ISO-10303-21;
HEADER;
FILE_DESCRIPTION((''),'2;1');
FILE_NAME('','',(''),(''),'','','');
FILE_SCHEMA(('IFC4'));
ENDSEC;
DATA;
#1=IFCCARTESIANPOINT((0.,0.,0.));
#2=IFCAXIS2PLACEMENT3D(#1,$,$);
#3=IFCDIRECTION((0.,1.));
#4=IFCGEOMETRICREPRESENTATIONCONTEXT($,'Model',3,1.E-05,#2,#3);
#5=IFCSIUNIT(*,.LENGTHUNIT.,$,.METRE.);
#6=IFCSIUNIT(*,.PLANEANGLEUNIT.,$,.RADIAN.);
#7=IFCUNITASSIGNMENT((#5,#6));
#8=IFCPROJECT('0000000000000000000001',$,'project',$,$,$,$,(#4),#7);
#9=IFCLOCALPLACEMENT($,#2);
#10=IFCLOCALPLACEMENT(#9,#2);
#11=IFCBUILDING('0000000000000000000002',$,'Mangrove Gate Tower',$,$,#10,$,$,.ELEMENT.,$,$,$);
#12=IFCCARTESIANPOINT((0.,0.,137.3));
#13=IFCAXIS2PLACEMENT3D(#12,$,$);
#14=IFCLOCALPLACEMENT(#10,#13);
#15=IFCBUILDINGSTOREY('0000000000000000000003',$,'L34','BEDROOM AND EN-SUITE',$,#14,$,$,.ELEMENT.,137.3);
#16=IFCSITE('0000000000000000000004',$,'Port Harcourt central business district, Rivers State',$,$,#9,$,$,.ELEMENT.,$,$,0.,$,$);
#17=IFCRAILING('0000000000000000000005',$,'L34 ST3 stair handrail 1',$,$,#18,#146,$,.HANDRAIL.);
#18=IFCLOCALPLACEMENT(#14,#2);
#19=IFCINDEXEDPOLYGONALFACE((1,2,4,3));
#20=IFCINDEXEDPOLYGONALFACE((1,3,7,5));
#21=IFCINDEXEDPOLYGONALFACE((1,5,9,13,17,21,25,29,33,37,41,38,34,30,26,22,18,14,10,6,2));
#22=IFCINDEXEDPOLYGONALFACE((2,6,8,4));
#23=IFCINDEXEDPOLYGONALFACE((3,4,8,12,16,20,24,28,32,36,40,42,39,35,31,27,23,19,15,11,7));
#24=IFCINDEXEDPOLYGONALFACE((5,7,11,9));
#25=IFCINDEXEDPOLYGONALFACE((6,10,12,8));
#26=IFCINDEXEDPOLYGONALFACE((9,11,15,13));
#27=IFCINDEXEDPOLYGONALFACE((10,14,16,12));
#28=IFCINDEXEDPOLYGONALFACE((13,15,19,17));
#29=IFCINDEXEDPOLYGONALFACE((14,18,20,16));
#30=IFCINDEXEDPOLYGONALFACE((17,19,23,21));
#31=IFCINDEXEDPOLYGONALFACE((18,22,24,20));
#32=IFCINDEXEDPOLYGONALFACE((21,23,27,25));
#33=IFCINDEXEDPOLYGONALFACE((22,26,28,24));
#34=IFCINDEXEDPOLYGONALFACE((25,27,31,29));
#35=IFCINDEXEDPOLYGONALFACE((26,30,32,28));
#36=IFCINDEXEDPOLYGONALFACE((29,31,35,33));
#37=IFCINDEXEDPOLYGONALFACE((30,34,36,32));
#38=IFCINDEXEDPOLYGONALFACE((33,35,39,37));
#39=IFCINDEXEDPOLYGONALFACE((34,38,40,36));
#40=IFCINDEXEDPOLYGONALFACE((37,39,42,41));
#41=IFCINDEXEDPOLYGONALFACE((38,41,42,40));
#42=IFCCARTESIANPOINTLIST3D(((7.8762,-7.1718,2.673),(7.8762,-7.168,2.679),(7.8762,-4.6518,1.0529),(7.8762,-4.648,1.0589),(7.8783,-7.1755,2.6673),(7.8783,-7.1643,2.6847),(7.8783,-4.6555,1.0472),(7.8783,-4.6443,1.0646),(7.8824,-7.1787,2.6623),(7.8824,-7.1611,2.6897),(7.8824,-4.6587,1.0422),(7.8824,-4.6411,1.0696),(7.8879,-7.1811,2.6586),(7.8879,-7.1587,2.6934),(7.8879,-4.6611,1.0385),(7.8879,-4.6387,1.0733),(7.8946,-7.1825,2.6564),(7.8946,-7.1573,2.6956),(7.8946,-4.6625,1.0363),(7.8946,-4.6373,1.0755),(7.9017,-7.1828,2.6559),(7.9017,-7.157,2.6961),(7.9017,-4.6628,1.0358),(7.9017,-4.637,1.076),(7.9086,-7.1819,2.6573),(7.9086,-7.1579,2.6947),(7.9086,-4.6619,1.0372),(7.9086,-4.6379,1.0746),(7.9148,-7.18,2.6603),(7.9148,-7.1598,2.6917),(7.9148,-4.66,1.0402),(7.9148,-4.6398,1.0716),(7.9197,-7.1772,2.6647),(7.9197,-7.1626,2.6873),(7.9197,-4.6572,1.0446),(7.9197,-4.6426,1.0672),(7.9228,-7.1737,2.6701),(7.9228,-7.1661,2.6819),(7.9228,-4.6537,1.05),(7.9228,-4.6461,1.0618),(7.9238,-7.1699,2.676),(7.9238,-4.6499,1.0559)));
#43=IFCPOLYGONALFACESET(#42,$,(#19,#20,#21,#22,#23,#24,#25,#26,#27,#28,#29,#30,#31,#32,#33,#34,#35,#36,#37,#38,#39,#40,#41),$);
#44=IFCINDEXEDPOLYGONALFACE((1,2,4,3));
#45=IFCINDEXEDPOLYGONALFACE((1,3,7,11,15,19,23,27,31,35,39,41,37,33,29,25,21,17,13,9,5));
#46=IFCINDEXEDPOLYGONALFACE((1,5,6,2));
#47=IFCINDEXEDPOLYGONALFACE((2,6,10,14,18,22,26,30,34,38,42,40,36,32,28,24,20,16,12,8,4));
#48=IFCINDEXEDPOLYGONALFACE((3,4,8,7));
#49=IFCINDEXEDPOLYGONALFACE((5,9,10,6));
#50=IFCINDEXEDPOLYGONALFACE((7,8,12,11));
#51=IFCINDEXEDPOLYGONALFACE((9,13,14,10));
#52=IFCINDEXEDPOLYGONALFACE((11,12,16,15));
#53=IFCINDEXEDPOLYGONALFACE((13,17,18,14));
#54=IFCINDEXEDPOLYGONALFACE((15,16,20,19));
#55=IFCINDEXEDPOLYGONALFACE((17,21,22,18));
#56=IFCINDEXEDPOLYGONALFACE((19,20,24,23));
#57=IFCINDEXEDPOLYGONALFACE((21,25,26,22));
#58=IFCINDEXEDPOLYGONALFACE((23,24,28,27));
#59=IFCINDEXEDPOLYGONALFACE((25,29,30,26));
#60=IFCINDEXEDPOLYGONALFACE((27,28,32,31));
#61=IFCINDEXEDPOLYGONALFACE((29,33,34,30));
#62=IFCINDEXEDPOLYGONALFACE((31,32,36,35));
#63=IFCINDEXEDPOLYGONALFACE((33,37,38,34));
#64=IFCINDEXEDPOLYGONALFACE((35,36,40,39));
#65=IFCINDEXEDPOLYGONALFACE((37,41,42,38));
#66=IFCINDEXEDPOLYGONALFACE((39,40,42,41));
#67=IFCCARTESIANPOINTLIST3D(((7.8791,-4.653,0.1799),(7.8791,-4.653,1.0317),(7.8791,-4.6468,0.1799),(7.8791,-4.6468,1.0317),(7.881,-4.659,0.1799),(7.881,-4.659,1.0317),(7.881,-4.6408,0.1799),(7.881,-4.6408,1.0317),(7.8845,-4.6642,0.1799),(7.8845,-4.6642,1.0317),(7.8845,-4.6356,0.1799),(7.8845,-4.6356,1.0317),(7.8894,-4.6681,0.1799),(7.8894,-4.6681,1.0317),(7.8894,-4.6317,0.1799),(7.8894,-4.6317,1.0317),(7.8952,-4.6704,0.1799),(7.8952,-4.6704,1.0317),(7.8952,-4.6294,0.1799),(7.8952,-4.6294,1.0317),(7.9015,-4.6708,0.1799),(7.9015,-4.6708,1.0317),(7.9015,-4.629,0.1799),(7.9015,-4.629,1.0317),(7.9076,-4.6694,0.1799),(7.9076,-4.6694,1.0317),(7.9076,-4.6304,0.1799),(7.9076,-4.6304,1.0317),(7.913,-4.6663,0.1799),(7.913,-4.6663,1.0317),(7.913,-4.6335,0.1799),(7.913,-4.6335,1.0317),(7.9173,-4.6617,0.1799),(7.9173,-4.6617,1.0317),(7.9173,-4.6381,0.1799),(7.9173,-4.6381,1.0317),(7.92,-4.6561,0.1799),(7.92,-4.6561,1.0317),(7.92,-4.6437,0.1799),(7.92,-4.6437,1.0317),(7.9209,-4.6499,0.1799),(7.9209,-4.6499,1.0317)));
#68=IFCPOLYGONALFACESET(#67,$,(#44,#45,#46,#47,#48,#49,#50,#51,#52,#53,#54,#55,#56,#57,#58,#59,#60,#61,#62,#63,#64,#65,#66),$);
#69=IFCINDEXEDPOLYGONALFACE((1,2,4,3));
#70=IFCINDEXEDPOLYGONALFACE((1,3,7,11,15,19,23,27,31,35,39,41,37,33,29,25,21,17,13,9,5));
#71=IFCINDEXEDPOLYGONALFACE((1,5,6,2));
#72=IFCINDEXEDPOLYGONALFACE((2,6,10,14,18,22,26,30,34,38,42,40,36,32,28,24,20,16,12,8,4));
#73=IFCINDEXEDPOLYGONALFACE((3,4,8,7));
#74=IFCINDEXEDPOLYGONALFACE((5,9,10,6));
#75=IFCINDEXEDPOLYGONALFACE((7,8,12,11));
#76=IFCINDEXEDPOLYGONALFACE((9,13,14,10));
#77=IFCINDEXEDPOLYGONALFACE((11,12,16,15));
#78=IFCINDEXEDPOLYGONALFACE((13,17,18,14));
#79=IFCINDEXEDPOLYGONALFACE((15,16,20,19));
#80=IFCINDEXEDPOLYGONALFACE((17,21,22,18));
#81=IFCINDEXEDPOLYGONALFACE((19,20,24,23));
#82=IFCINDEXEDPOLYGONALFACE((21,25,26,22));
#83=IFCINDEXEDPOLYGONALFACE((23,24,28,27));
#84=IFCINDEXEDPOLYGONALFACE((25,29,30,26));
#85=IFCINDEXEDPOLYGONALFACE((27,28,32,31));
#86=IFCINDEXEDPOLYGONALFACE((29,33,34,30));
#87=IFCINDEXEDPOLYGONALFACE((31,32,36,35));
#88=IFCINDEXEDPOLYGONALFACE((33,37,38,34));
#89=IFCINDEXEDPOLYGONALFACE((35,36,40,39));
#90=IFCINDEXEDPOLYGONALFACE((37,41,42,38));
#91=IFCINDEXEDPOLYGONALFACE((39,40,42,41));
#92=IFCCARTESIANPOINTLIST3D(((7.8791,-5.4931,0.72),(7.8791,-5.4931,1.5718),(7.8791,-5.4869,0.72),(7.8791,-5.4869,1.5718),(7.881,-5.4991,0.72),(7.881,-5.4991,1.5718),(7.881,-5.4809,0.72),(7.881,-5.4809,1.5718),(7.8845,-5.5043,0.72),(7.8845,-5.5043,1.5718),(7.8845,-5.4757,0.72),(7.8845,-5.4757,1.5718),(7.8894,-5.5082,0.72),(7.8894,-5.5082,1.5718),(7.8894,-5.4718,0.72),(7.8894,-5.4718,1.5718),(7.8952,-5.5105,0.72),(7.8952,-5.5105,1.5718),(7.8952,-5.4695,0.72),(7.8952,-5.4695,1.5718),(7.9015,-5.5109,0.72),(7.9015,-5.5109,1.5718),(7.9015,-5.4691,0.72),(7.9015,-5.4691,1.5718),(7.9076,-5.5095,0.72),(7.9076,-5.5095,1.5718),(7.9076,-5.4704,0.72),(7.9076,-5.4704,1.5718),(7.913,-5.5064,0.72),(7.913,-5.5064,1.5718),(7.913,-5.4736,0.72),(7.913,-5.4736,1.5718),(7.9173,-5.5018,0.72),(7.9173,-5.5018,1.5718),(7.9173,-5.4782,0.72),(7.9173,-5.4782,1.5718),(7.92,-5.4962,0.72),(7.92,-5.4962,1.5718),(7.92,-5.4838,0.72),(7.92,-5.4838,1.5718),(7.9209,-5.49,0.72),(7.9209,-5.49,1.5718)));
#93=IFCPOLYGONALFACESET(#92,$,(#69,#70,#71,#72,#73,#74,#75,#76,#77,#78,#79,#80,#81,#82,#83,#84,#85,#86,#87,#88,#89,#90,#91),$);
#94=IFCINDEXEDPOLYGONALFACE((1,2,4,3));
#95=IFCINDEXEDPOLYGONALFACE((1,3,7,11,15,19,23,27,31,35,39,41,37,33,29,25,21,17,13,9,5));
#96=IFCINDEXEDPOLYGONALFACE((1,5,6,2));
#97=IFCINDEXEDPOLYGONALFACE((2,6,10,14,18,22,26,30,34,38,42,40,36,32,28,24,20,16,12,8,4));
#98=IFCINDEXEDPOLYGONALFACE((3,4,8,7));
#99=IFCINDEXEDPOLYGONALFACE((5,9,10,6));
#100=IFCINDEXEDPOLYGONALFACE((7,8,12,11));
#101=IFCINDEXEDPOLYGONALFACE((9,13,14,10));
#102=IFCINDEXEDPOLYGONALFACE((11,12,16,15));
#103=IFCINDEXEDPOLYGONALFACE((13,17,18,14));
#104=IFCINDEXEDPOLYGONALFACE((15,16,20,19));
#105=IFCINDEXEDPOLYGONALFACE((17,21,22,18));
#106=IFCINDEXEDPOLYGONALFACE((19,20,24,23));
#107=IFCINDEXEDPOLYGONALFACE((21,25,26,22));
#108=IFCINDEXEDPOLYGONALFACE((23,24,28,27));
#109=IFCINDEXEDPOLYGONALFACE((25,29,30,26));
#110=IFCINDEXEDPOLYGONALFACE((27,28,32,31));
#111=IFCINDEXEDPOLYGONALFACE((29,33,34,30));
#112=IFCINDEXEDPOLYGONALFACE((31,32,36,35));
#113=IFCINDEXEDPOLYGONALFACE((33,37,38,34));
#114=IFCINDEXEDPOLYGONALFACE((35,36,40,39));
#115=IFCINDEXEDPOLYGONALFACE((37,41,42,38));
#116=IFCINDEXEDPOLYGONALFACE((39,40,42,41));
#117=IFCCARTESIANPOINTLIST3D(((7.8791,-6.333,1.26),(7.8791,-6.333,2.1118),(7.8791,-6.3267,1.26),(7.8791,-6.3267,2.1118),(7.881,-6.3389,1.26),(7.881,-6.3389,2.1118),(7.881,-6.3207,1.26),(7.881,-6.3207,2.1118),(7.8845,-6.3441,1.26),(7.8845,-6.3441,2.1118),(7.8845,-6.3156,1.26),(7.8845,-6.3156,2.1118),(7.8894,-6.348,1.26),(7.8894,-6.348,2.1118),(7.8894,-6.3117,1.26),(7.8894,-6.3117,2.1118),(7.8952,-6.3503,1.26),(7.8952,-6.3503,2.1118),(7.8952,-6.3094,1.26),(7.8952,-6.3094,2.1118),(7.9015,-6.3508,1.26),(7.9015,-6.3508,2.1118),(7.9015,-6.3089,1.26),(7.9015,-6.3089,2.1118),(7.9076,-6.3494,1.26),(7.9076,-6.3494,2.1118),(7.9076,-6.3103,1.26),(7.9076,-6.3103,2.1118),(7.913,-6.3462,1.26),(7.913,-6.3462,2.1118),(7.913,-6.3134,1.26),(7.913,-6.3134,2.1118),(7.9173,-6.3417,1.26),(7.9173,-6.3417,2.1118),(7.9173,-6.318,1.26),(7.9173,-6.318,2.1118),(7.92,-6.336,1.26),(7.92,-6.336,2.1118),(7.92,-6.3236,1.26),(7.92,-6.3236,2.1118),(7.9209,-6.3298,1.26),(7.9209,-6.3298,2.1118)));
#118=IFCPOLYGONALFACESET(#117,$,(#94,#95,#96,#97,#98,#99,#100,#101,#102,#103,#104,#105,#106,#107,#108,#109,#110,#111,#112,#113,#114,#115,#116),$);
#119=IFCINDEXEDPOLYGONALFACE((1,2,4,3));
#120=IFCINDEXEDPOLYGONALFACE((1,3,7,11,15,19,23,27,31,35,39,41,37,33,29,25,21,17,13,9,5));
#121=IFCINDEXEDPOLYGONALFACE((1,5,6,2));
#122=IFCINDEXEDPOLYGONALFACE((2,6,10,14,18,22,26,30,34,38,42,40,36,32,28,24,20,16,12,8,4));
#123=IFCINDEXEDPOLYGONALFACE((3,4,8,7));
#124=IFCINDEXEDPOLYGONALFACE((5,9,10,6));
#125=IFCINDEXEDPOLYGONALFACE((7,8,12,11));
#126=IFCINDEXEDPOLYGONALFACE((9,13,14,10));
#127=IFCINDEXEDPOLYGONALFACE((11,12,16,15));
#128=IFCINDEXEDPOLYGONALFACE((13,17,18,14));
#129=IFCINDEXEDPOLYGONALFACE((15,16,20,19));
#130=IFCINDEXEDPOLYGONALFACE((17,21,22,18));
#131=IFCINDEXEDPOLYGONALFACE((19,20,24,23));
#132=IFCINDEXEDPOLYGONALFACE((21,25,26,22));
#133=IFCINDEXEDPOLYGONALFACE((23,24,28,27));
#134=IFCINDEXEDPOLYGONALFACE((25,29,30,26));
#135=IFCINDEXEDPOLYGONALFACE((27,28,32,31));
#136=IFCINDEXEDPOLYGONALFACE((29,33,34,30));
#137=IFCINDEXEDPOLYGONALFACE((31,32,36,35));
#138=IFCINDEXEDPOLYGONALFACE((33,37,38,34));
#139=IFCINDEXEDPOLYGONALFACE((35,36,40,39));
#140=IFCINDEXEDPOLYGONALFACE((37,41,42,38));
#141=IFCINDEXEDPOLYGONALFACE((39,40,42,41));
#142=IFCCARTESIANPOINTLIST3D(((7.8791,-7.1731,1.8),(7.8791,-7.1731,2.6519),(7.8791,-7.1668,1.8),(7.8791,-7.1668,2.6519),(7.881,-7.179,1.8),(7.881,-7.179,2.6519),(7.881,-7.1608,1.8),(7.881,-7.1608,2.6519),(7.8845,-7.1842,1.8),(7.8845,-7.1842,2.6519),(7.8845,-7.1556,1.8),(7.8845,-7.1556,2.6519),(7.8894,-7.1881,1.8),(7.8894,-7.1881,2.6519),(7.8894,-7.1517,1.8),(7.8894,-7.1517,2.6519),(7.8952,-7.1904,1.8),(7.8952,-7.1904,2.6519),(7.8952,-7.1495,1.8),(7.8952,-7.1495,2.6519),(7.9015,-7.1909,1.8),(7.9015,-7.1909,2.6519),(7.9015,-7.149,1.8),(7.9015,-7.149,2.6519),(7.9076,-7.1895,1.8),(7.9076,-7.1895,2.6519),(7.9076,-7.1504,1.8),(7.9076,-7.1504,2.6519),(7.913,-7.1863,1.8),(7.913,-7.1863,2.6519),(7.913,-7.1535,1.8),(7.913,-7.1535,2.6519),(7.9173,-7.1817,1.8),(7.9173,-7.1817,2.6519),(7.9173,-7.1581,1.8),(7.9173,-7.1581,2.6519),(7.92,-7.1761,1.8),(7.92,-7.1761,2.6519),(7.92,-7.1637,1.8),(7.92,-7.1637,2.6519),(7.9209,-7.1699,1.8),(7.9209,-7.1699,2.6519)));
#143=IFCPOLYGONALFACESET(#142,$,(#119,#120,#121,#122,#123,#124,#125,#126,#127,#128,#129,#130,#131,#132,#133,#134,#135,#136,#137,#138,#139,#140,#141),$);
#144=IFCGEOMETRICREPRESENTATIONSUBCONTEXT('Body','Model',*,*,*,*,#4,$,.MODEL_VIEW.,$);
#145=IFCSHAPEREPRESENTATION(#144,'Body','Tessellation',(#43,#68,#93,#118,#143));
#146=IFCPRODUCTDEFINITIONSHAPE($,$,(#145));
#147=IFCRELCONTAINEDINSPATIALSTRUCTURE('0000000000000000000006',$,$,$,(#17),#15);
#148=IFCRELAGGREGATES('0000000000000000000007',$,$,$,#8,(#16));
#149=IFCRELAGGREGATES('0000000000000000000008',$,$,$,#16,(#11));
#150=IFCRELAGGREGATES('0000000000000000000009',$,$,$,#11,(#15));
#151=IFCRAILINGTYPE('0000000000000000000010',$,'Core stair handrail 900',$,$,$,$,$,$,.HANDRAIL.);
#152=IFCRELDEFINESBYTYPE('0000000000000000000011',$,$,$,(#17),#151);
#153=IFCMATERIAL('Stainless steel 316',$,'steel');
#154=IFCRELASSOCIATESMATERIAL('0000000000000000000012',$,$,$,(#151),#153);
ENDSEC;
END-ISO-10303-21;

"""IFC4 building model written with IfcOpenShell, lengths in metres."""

from ifc_helpers import new_model, si_unit, direction, frame, origin, origin_2d, place, context, subcontext, project, spatial, circle, extrude, material, type_object, element, save


model = new_model("IFC4")

# Units and contexts
model_context = context("Model", 3, precision=1e-05, world=origin(), true_north=direction((0.0, 1.0)))
body_context = subcontext(model_context, "Body", "Model", "MODEL_VIEW")
ifc_project = project(units=[si_unit("LENGTHUNIT", "METRE"), si_unit("PLANEANGLEUNIT", "RADIAN")], contexts=[model_context])

# Site, building, storey
site_placement = place(None, origin())
site = spatial("IfcSite", under=ifc_project, at=site_placement, Name="Port Harcourt central business district, Rivers State", CompositionType="ELEMENT", RefElevation=0.0)
building_placement = place(site_placement, origin())
building = spatial("IfcBuilding", under=site, at=building_placement, Name="Mangrove Gate Tower", CompositionType="ELEMENT")
storey_placement = place(building_placement, frame((0.0, 0.0, 137.3)))
storey = spatial("IfcBuildingStorey", under=building, at=storey_placement, Name="L34", Description="BEDROOM AND EN-SUITE", CompositionType="ELEMENT", Elevation=137.3)

# Railing
ifc_material_1 = material(Name="Stainless steel 316", Category="steel")
railing_type_1 = type_object("IfcRailingType", Name="Core stair handrail 900", PredefinedType="HANDRAIL", material=ifc_material_1)
railing_1_placement = place(storey_placement, frame((7.8999, -4.6499, 0.1799)))
element("IfcRailing", 1, at=railing_1_placement, inside=storey, type_object=railing_type_1, Name="L34 ST3 stair handrail 1", PredefinedType="HANDRAIL", context=body_context, shape_type="SweptSolid", body=[
    extrude(circle(Radius=0.0239, at=origin_2d()), frame((0.0, 0.0, 0.876), z_axis=(0.0, -0.841163, 0.540782), x_axis=(1.0, 0.0, 0.0)), (0.0, 0.0, 1.0), 2.9958),
    extrude(circle(Radius=0.021, at=origin_2d()), origin(), (0.0, 0.0, 1.0), 0.8518),
    extrude(circle(Radius=0.021, at=origin_2d()), frame((0.0, -0.8401, 0.54)), (0.0, 0.0, 1.0), 0.8518),
    extrude(circle(Radius=0.021, at=origin_2d()), frame((0.0, -1.6799, 1.0801)), (0.0, 0.0, 1.0), 0.8518),
    extrude(circle(Radius=0.021, at=origin_2d()), frame((0.0, -2.52, 1.6201)), (0.0, 0.0, 1.0), 0.8518),
])

save(model, "model.ifc")
